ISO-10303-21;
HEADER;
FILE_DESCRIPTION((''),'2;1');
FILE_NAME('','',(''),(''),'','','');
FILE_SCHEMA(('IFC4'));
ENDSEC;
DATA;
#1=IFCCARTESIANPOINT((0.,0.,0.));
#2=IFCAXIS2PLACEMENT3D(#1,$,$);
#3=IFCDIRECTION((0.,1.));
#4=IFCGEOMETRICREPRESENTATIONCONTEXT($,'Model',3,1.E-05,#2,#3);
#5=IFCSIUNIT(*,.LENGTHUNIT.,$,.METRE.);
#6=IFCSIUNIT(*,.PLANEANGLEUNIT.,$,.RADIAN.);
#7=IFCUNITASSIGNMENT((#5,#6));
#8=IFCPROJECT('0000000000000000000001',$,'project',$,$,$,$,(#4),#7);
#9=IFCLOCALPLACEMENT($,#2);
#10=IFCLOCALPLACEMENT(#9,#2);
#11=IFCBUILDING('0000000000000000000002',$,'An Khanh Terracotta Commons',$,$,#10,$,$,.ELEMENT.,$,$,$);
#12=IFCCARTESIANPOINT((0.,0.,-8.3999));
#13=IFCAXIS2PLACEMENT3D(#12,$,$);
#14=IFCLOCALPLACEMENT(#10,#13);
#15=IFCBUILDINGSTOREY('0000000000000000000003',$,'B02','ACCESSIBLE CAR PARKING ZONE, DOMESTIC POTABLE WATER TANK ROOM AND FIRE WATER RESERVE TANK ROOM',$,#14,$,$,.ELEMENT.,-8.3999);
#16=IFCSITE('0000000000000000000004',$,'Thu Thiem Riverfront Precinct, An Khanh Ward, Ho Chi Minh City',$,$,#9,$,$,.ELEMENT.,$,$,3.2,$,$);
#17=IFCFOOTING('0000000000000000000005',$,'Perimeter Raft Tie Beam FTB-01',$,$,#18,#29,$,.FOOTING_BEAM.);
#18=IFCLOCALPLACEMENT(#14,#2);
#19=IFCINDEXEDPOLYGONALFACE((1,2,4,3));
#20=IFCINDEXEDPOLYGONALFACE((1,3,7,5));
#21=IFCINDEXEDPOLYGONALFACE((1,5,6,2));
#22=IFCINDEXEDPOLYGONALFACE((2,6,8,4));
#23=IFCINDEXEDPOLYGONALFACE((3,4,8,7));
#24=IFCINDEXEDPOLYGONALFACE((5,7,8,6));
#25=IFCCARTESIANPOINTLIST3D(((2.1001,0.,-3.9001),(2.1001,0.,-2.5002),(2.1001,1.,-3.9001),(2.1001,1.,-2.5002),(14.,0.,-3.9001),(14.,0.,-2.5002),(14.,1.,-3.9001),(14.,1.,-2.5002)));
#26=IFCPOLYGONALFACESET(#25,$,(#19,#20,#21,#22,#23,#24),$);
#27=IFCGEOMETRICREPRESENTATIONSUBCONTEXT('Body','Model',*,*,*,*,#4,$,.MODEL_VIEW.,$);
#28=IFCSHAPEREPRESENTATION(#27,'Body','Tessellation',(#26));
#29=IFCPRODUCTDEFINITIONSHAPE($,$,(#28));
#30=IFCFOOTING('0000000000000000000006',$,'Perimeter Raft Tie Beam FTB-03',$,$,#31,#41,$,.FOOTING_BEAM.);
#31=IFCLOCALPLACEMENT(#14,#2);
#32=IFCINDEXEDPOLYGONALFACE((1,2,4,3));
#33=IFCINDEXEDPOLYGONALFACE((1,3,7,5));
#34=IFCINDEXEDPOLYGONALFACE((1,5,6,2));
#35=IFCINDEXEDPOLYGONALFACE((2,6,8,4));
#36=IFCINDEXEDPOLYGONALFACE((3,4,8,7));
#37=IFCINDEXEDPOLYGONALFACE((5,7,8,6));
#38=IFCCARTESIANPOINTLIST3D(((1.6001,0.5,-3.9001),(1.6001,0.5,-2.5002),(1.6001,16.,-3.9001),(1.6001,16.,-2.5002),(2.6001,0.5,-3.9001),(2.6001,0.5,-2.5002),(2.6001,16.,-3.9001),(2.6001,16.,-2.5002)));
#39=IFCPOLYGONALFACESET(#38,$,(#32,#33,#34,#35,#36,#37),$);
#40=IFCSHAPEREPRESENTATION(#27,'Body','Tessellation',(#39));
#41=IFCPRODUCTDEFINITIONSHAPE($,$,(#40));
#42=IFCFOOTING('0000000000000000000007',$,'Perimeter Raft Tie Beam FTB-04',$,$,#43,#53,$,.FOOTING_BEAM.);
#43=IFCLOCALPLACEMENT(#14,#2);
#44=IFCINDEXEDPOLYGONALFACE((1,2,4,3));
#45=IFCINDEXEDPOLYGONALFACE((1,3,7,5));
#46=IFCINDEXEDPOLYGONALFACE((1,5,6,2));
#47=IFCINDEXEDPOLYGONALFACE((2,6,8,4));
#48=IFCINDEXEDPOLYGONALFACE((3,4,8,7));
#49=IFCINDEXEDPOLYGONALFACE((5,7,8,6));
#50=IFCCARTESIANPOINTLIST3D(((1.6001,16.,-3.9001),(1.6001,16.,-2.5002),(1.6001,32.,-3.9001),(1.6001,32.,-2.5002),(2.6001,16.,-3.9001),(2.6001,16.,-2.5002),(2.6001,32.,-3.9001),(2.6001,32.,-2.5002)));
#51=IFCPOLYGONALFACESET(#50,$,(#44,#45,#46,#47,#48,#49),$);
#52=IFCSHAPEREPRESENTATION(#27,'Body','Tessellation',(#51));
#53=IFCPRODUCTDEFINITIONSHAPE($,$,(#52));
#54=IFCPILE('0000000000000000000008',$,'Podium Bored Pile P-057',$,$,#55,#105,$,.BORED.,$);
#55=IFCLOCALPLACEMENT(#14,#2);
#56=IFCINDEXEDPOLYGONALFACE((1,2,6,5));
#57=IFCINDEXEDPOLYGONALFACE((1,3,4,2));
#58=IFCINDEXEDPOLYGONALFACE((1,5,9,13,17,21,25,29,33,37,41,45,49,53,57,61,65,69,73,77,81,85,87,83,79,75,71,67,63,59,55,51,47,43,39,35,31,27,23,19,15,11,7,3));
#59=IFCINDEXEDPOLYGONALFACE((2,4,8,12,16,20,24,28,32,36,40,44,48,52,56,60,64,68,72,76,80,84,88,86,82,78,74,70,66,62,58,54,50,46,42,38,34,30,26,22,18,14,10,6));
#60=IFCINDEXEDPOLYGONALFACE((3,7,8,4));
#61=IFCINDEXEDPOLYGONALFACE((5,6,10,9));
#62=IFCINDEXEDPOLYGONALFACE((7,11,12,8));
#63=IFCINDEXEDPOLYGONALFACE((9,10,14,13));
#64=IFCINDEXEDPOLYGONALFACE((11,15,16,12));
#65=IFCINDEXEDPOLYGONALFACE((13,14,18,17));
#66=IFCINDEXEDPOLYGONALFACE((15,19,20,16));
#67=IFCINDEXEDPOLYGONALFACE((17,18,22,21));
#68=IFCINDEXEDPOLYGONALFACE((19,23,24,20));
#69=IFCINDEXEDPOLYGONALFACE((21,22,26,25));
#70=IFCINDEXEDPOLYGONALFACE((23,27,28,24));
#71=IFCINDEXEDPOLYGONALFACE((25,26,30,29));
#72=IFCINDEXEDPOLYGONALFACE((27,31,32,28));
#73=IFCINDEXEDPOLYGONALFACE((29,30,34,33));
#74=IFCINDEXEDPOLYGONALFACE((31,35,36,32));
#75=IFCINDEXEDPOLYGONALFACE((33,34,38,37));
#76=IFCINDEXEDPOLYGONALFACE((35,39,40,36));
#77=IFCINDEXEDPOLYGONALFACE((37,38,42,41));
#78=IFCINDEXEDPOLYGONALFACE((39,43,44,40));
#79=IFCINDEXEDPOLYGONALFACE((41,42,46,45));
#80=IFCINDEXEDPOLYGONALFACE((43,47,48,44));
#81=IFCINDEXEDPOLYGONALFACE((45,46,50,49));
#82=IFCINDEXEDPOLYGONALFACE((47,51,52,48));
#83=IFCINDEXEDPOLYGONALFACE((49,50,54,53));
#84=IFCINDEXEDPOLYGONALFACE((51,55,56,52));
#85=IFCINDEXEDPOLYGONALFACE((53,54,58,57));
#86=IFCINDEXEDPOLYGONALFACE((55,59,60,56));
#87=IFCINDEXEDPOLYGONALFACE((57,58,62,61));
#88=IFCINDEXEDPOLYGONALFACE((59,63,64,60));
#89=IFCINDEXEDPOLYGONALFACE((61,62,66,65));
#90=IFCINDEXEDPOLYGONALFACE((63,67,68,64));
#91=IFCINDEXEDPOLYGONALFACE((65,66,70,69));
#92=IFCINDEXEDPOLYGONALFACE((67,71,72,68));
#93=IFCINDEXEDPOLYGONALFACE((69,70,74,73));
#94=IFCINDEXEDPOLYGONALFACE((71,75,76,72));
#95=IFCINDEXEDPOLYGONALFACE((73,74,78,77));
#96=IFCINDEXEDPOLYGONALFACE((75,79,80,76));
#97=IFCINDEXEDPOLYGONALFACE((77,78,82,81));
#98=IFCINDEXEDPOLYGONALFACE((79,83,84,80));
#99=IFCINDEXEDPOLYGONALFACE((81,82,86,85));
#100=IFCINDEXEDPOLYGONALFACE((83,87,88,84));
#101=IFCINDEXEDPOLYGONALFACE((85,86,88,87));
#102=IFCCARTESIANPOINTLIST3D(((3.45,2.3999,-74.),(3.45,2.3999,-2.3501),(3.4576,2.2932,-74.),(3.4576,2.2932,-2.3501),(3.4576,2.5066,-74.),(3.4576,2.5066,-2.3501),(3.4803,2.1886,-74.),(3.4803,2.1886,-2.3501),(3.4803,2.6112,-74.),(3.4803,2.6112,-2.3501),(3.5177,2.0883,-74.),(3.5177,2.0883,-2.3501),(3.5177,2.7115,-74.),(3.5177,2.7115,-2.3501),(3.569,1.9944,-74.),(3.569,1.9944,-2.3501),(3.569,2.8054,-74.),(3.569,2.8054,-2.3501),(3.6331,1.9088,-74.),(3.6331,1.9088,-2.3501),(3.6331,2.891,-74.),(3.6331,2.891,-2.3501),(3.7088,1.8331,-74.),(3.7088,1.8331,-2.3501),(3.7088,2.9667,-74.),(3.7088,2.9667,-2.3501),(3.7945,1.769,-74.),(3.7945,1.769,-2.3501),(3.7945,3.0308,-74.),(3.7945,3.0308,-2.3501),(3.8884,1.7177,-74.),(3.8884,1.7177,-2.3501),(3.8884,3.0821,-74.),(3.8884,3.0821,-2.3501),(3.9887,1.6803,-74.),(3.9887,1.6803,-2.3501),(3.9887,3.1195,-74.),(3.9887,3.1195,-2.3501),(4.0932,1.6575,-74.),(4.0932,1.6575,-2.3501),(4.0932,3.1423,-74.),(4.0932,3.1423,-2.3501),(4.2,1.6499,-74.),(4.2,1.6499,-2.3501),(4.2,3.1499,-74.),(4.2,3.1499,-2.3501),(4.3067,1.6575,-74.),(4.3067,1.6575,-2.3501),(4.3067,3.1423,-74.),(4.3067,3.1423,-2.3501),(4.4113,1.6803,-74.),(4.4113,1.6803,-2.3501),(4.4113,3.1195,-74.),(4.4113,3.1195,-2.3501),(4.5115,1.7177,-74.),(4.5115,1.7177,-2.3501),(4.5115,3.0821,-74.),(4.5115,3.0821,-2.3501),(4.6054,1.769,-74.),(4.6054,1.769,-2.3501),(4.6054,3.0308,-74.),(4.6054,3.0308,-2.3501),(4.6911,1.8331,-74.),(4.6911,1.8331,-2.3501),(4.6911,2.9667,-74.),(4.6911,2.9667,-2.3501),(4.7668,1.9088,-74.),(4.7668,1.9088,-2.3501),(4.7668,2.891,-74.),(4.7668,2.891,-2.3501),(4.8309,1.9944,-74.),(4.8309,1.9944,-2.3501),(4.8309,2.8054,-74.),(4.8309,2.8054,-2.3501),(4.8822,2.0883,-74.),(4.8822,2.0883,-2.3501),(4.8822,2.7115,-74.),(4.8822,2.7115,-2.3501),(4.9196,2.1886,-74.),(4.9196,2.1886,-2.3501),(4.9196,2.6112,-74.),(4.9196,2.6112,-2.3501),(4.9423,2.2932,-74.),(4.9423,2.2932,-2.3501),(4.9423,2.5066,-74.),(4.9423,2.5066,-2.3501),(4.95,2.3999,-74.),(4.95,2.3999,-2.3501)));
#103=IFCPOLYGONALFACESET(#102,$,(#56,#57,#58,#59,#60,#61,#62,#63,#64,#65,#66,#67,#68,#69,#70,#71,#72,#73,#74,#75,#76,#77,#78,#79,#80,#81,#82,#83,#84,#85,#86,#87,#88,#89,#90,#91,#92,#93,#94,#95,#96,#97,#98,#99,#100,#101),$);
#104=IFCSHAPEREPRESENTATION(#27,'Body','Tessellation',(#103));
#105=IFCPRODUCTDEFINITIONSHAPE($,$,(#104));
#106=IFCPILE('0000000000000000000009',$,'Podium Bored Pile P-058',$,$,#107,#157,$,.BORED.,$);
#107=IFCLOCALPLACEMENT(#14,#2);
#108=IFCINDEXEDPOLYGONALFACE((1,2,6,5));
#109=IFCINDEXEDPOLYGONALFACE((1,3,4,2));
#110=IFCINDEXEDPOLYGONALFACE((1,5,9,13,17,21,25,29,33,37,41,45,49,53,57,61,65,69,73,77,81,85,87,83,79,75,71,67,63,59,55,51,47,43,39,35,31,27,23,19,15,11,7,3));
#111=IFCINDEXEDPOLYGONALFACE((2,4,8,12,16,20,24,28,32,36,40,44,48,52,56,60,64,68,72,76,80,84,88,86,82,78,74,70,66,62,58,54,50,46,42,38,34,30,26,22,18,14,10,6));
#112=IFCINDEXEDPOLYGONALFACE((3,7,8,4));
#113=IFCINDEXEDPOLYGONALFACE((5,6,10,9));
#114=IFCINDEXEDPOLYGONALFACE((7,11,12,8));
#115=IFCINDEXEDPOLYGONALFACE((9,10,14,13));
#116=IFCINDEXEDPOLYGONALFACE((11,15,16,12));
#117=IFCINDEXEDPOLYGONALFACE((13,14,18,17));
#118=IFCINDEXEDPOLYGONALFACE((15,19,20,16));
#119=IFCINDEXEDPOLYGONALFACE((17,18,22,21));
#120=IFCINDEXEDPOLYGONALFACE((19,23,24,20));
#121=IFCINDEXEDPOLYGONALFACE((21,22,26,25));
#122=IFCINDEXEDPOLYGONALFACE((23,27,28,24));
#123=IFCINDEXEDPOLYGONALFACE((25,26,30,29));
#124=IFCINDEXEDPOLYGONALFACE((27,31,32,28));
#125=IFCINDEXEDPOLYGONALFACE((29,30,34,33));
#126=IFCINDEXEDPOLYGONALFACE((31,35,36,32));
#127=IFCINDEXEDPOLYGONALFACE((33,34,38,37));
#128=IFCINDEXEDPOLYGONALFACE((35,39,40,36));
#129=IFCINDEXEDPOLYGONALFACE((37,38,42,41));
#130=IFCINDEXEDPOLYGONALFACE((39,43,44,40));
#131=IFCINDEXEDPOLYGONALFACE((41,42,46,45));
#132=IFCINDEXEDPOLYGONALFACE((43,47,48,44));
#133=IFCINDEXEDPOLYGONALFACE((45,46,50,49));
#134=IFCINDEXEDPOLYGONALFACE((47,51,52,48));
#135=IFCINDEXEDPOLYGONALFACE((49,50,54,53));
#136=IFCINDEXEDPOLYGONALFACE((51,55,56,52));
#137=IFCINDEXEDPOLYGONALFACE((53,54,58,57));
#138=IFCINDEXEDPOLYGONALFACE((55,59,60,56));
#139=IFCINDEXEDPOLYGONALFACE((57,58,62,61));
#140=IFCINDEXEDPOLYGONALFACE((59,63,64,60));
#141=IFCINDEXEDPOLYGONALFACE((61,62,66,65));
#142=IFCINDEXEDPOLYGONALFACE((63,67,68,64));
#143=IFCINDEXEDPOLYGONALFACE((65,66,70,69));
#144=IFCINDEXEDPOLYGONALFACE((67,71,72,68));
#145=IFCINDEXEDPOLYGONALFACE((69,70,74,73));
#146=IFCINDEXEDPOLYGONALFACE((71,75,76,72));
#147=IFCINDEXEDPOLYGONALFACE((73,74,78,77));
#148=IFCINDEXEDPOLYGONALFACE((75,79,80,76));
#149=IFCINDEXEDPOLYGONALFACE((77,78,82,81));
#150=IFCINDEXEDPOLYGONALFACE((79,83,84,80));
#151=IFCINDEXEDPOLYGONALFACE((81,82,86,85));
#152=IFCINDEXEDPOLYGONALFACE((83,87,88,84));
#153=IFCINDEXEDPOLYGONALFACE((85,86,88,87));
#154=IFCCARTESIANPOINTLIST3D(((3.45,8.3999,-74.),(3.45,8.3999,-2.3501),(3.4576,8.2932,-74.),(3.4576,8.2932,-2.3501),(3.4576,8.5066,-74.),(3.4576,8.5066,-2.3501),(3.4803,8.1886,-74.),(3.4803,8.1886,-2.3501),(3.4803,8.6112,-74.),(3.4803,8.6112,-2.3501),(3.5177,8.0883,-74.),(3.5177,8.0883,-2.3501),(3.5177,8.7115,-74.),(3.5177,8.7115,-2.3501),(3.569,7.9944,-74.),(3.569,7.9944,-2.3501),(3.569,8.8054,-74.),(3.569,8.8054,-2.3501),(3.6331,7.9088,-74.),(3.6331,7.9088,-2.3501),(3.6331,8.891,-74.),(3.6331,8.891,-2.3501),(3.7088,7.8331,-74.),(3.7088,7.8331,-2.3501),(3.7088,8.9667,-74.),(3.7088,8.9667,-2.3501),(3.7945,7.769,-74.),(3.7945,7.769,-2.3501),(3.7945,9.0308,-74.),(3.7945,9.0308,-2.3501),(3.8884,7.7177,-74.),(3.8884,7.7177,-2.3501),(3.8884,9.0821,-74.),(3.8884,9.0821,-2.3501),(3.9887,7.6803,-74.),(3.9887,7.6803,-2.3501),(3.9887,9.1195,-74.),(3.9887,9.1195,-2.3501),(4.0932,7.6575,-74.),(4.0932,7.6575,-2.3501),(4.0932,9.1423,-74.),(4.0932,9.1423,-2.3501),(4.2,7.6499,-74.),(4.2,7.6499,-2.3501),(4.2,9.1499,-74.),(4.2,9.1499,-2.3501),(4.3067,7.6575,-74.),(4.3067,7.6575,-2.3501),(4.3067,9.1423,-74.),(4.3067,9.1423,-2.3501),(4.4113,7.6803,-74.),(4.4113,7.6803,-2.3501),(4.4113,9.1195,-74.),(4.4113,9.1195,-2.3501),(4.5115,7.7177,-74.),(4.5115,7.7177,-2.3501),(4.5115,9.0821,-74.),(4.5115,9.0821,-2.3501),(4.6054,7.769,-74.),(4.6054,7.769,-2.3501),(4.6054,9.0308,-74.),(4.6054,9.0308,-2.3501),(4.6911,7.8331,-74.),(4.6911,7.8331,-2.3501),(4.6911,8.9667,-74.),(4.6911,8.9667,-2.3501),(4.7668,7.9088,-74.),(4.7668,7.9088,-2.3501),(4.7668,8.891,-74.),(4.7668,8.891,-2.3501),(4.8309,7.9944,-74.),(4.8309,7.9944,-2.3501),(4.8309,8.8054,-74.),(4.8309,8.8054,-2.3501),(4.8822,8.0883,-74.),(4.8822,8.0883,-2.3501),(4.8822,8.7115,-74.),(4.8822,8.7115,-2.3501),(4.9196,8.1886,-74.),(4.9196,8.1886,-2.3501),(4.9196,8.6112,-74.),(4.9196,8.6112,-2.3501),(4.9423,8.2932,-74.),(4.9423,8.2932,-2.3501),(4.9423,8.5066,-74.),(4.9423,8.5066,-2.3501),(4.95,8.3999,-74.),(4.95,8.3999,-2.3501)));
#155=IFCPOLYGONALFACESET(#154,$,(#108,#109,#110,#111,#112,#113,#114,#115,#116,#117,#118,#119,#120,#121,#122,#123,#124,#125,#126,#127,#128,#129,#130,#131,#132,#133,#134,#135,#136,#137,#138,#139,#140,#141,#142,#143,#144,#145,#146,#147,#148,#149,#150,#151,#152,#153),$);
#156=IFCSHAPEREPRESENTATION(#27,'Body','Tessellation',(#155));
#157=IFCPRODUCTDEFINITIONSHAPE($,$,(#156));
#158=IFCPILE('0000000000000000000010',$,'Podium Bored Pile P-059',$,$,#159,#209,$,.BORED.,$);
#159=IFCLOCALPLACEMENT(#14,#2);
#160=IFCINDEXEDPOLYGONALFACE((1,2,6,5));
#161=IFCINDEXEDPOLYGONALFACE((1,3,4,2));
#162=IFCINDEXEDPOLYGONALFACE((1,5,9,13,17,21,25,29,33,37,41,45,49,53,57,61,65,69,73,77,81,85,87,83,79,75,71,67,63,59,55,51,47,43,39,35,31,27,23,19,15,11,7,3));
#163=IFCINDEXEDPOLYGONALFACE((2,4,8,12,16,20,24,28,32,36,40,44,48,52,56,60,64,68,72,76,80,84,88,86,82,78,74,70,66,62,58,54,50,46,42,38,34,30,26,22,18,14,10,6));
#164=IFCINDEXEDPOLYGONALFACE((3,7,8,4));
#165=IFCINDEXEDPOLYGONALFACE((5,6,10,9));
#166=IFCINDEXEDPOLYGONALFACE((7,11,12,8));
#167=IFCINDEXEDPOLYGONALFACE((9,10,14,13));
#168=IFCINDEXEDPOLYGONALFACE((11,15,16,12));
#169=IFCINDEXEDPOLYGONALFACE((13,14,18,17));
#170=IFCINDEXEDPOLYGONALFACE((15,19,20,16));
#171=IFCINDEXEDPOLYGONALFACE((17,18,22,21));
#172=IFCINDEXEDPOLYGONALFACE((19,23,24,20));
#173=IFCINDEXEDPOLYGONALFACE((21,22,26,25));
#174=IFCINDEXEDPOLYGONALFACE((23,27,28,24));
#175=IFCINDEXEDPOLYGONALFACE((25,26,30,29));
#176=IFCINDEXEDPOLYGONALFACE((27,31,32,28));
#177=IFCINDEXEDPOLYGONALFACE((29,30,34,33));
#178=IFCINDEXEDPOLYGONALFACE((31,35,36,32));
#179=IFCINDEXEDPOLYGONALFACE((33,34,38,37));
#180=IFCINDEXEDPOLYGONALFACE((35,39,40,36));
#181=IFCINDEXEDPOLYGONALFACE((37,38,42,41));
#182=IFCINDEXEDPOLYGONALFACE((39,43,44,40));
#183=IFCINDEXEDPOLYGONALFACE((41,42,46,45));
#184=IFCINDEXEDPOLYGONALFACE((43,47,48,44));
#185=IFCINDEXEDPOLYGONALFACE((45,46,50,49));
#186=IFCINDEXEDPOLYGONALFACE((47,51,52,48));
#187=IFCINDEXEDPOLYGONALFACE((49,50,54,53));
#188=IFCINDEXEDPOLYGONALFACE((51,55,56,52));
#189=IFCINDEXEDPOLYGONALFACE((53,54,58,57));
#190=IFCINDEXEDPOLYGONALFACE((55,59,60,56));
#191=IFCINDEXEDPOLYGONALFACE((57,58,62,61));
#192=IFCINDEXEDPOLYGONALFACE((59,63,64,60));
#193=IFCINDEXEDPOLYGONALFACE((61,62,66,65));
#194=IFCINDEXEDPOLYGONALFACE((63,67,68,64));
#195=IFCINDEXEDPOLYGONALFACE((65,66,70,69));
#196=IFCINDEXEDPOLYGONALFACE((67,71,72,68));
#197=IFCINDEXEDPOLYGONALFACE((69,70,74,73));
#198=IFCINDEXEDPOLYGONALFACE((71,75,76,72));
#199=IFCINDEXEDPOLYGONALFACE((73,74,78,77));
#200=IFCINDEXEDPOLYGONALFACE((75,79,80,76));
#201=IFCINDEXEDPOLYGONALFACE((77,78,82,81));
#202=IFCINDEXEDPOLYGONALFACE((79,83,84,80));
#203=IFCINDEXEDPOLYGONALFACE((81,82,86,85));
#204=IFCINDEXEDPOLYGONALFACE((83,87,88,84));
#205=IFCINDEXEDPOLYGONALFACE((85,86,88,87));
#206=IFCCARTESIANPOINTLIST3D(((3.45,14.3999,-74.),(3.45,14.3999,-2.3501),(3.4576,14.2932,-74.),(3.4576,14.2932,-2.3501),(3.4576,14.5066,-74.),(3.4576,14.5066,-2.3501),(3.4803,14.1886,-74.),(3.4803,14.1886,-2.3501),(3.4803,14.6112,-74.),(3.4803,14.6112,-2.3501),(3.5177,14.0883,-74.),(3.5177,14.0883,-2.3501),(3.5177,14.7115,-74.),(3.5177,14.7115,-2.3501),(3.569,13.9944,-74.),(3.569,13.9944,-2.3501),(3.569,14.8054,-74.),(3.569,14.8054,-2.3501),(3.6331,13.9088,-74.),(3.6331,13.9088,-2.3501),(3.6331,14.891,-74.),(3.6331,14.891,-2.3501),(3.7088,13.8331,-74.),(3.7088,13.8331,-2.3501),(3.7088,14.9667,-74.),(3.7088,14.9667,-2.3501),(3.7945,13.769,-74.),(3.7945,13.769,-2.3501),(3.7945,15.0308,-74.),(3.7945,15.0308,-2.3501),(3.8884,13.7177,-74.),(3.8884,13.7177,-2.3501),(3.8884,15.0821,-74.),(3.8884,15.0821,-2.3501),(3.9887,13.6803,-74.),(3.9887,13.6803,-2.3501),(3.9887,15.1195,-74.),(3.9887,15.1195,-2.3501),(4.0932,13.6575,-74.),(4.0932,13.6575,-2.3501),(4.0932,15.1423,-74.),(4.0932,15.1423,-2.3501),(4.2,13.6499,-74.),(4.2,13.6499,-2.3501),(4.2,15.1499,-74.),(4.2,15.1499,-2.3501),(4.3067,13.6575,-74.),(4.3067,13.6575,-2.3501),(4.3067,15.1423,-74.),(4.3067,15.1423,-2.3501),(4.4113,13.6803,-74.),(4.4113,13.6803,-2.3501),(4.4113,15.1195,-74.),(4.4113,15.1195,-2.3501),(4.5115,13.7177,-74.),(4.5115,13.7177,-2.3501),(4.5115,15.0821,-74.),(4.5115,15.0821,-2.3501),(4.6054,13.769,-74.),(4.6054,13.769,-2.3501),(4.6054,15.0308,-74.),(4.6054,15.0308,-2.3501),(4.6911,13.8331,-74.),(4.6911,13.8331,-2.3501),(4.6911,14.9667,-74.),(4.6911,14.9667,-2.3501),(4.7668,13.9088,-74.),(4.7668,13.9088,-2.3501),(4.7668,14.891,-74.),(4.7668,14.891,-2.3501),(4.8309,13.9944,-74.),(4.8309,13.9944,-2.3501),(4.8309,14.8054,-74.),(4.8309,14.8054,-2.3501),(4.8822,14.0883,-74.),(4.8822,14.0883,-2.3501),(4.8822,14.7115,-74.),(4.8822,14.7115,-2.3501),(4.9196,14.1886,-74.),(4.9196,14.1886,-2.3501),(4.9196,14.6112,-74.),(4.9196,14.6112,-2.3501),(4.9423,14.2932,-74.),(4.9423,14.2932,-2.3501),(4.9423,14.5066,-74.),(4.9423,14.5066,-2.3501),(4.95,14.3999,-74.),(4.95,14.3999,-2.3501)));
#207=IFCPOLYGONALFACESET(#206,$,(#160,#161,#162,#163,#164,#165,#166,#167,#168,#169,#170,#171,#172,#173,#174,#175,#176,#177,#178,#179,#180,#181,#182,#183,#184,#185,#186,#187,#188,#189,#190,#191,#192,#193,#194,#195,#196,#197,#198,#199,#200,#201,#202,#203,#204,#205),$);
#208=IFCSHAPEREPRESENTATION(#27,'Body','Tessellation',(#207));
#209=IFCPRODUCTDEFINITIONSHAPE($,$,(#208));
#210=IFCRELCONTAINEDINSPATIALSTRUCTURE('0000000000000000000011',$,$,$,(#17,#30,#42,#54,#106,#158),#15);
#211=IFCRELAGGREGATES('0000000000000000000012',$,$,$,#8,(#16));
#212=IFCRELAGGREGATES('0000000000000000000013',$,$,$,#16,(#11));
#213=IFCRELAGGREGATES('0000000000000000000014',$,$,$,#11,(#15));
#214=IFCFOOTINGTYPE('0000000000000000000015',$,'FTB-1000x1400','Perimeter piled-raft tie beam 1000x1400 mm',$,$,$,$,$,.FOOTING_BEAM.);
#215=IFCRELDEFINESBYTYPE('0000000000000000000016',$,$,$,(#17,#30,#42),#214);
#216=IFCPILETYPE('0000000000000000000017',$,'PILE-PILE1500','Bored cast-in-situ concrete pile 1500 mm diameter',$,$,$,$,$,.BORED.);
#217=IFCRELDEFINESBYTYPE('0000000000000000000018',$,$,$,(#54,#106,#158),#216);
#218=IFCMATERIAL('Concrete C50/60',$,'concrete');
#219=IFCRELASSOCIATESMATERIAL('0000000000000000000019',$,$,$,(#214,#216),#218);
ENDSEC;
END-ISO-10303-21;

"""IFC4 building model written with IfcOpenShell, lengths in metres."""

from ifc_helpers import new_model, si_unit, direction, frame, origin, origin_2d, place, context, subcontext, project, spatial, rectangle, circle, extrude, material, material_profile, profile_set, type_object, element, save


model = new_model("IFC4")

# Units and contexts
model_context = context("Model", 3, precision=1e-05, world=origin(), true_north=direction((0.0, 1.0)))
body_context = subcontext(model_context, "Body", "Model", "MODEL_VIEW")
ifc_project = project(units=[si_unit("LENGTHUNIT", "METRE"), si_unit("PLANEANGLEUNIT", "RADIAN")], contexts=[model_context])

# Site, building, storey
site_placement = place(None, origin())
site = spatial("IfcSite", under=ifc_project, at=site_placement, Name="Thu Thiem Riverfront Precinct, An Khanh Ward, Ho Chi Minh City", CompositionType="ELEMENT", RefElevation=3.2)
building_placement = place(site_placement, origin())
building = spatial("IfcBuilding", under=site, at=building_placement, Name="An Khanh Terracotta Commons", CompositionType="ELEMENT")
storey_placement = place(building_placement, frame((0.0, 0.0, -8.3999)))
storey = spatial("IfcBuildingStorey", under=building, at=storey_placement, Name="B02", Description="ACCESSIBLE CAR PARKING ZONE, DOMESTIC POTABLE WATER TANK ROOM AND FIRE WATER RESERVE TANK ROOM", CompositionType="ELEMENT", Elevation=-8.3999)

# Footings
ifc_material_1 = material(Name="Concrete C50/60", Category="concrete")
ifc_material_profile_1 = material_profile(ifc_material_1, rectangle(XDim=1.0, YDim=1.3999, at=origin_2d()), Name="FTB1000x1400")
ifc_profile_set_1 = profile_set([ifc_material_profile_1], Name="Concrete C50/60")
footing_type = type_object("IfcFootingType", Name="FTB-1000x1400", Description="Perimeter piled-raft tie beam 1000x1400 mm", PredefinedType="FOOTING_BEAM", material=ifc_profile_set_1)
footing_1_placement = place(storey_placement, frame((2.1001, 0.5, -3.2002), z_axis=(1.0, 0.0, 0.0), x_axis=(0.0, 1.0, 0.0)))
element("IfcFooting", 1, at=footing_1_placement, inside=storey, type_object=footing_type, Name="Perimeter Raft Tie Beam FTB-01", PredefinedType="FOOTING_BEAM", context=body_context, shape_type="SweptSolid", body=[
    extrude(rectangle(XDim=1.0, YDim=1.3999, at=origin_2d()), origin(), (0.0, 0.0, 1.0), 11.8999),
])
footing_2_placement = place(storey_placement, frame((2.1001, 0.5, -3.2002), z_axis=(0.0, 1.0, 0.0), x_axis=(-1.0, 0.0, 0.0)))
element("IfcFooting", 2, at=footing_2_placement, inside=storey, type_object=footing_type, Name="Perimeter Raft Tie Beam FTB-03", PredefinedType="FOOTING_BEAM", context=body_context, shape_type="SweptSolid", body=[
    extrude(rectangle(XDim=1.0, YDim=1.3999, at=origin_2d()), origin(), (0.0, 0.0, 1.0), 15.5),
])
footing_3_placement = place(storey_placement, frame((2.1001, 16.0, -3.2002), z_axis=(0.0, 1.0, 0.0), x_axis=(-1.0, 0.0, 0.0)))
element("IfcFooting", 3, at=footing_3_placement, inside=storey, type_object=footing_type, Name="Perimeter Raft Tie Beam FTB-04", PredefinedType="FOOTING_BEAM", context=body_context, shape_type="SweptSolid", body=[
    extrude(rectangle(XDim=1.0, YDim=1.3999, at=origin_2d()), origin(), (0.0, 0.0, 1.0), 16.0),
])

# Piles
ifc_material_profile_2 = material_profile(ifc_material_1, circle(Radius=0.75, at=origin_2d()), Name="PILE1500")
ifc_profile_set_2 = profile_set([ifc_material_profile_2], Name="Concrete C50/60")
pile_type = type_object("IfcPileType", Name="PILE-PILE1500", Description="Bored cast-in-situ concrete pile 1500 mm diameter", PredefinedType="BORED", material=ifc_profile_set_2)
for number, where, z_axis, x_axis, name in (
    (4, (4.2, 2.3999, -2.3501), (0.0, 0.0, -1.0), (1.0, 0.0, 0.0), "Podium Bored Pile P-057"),
    (5, (4.2, 8.3999, -2.3501), (0.0, 0.0, -1.0), (1.0, 0.0, 0.0), "Podium Bored Pile P-058"),
    (6, (4.2, 14.3999, -2.3501), (0.0, 0.0, -1.0), (1.0, 0.0, 0.0), "Podium Bored Pile P-059"),
):
    element("IfcPile", number, at=place(storey_placement, frame(where, z_axis=z_axis, x_axis=x_axis)), inside=storey, type_object=pile_type, Name=name, PredefinedType="BORED", context=body_context, shape_type="SweptSolid", body=[
        extrude(circle(Radius=0.75, at=origin_2d()), origin(), (0.0, 0.0, 1.0), 71.6499),
    ])

save(model, "model.ifc")
